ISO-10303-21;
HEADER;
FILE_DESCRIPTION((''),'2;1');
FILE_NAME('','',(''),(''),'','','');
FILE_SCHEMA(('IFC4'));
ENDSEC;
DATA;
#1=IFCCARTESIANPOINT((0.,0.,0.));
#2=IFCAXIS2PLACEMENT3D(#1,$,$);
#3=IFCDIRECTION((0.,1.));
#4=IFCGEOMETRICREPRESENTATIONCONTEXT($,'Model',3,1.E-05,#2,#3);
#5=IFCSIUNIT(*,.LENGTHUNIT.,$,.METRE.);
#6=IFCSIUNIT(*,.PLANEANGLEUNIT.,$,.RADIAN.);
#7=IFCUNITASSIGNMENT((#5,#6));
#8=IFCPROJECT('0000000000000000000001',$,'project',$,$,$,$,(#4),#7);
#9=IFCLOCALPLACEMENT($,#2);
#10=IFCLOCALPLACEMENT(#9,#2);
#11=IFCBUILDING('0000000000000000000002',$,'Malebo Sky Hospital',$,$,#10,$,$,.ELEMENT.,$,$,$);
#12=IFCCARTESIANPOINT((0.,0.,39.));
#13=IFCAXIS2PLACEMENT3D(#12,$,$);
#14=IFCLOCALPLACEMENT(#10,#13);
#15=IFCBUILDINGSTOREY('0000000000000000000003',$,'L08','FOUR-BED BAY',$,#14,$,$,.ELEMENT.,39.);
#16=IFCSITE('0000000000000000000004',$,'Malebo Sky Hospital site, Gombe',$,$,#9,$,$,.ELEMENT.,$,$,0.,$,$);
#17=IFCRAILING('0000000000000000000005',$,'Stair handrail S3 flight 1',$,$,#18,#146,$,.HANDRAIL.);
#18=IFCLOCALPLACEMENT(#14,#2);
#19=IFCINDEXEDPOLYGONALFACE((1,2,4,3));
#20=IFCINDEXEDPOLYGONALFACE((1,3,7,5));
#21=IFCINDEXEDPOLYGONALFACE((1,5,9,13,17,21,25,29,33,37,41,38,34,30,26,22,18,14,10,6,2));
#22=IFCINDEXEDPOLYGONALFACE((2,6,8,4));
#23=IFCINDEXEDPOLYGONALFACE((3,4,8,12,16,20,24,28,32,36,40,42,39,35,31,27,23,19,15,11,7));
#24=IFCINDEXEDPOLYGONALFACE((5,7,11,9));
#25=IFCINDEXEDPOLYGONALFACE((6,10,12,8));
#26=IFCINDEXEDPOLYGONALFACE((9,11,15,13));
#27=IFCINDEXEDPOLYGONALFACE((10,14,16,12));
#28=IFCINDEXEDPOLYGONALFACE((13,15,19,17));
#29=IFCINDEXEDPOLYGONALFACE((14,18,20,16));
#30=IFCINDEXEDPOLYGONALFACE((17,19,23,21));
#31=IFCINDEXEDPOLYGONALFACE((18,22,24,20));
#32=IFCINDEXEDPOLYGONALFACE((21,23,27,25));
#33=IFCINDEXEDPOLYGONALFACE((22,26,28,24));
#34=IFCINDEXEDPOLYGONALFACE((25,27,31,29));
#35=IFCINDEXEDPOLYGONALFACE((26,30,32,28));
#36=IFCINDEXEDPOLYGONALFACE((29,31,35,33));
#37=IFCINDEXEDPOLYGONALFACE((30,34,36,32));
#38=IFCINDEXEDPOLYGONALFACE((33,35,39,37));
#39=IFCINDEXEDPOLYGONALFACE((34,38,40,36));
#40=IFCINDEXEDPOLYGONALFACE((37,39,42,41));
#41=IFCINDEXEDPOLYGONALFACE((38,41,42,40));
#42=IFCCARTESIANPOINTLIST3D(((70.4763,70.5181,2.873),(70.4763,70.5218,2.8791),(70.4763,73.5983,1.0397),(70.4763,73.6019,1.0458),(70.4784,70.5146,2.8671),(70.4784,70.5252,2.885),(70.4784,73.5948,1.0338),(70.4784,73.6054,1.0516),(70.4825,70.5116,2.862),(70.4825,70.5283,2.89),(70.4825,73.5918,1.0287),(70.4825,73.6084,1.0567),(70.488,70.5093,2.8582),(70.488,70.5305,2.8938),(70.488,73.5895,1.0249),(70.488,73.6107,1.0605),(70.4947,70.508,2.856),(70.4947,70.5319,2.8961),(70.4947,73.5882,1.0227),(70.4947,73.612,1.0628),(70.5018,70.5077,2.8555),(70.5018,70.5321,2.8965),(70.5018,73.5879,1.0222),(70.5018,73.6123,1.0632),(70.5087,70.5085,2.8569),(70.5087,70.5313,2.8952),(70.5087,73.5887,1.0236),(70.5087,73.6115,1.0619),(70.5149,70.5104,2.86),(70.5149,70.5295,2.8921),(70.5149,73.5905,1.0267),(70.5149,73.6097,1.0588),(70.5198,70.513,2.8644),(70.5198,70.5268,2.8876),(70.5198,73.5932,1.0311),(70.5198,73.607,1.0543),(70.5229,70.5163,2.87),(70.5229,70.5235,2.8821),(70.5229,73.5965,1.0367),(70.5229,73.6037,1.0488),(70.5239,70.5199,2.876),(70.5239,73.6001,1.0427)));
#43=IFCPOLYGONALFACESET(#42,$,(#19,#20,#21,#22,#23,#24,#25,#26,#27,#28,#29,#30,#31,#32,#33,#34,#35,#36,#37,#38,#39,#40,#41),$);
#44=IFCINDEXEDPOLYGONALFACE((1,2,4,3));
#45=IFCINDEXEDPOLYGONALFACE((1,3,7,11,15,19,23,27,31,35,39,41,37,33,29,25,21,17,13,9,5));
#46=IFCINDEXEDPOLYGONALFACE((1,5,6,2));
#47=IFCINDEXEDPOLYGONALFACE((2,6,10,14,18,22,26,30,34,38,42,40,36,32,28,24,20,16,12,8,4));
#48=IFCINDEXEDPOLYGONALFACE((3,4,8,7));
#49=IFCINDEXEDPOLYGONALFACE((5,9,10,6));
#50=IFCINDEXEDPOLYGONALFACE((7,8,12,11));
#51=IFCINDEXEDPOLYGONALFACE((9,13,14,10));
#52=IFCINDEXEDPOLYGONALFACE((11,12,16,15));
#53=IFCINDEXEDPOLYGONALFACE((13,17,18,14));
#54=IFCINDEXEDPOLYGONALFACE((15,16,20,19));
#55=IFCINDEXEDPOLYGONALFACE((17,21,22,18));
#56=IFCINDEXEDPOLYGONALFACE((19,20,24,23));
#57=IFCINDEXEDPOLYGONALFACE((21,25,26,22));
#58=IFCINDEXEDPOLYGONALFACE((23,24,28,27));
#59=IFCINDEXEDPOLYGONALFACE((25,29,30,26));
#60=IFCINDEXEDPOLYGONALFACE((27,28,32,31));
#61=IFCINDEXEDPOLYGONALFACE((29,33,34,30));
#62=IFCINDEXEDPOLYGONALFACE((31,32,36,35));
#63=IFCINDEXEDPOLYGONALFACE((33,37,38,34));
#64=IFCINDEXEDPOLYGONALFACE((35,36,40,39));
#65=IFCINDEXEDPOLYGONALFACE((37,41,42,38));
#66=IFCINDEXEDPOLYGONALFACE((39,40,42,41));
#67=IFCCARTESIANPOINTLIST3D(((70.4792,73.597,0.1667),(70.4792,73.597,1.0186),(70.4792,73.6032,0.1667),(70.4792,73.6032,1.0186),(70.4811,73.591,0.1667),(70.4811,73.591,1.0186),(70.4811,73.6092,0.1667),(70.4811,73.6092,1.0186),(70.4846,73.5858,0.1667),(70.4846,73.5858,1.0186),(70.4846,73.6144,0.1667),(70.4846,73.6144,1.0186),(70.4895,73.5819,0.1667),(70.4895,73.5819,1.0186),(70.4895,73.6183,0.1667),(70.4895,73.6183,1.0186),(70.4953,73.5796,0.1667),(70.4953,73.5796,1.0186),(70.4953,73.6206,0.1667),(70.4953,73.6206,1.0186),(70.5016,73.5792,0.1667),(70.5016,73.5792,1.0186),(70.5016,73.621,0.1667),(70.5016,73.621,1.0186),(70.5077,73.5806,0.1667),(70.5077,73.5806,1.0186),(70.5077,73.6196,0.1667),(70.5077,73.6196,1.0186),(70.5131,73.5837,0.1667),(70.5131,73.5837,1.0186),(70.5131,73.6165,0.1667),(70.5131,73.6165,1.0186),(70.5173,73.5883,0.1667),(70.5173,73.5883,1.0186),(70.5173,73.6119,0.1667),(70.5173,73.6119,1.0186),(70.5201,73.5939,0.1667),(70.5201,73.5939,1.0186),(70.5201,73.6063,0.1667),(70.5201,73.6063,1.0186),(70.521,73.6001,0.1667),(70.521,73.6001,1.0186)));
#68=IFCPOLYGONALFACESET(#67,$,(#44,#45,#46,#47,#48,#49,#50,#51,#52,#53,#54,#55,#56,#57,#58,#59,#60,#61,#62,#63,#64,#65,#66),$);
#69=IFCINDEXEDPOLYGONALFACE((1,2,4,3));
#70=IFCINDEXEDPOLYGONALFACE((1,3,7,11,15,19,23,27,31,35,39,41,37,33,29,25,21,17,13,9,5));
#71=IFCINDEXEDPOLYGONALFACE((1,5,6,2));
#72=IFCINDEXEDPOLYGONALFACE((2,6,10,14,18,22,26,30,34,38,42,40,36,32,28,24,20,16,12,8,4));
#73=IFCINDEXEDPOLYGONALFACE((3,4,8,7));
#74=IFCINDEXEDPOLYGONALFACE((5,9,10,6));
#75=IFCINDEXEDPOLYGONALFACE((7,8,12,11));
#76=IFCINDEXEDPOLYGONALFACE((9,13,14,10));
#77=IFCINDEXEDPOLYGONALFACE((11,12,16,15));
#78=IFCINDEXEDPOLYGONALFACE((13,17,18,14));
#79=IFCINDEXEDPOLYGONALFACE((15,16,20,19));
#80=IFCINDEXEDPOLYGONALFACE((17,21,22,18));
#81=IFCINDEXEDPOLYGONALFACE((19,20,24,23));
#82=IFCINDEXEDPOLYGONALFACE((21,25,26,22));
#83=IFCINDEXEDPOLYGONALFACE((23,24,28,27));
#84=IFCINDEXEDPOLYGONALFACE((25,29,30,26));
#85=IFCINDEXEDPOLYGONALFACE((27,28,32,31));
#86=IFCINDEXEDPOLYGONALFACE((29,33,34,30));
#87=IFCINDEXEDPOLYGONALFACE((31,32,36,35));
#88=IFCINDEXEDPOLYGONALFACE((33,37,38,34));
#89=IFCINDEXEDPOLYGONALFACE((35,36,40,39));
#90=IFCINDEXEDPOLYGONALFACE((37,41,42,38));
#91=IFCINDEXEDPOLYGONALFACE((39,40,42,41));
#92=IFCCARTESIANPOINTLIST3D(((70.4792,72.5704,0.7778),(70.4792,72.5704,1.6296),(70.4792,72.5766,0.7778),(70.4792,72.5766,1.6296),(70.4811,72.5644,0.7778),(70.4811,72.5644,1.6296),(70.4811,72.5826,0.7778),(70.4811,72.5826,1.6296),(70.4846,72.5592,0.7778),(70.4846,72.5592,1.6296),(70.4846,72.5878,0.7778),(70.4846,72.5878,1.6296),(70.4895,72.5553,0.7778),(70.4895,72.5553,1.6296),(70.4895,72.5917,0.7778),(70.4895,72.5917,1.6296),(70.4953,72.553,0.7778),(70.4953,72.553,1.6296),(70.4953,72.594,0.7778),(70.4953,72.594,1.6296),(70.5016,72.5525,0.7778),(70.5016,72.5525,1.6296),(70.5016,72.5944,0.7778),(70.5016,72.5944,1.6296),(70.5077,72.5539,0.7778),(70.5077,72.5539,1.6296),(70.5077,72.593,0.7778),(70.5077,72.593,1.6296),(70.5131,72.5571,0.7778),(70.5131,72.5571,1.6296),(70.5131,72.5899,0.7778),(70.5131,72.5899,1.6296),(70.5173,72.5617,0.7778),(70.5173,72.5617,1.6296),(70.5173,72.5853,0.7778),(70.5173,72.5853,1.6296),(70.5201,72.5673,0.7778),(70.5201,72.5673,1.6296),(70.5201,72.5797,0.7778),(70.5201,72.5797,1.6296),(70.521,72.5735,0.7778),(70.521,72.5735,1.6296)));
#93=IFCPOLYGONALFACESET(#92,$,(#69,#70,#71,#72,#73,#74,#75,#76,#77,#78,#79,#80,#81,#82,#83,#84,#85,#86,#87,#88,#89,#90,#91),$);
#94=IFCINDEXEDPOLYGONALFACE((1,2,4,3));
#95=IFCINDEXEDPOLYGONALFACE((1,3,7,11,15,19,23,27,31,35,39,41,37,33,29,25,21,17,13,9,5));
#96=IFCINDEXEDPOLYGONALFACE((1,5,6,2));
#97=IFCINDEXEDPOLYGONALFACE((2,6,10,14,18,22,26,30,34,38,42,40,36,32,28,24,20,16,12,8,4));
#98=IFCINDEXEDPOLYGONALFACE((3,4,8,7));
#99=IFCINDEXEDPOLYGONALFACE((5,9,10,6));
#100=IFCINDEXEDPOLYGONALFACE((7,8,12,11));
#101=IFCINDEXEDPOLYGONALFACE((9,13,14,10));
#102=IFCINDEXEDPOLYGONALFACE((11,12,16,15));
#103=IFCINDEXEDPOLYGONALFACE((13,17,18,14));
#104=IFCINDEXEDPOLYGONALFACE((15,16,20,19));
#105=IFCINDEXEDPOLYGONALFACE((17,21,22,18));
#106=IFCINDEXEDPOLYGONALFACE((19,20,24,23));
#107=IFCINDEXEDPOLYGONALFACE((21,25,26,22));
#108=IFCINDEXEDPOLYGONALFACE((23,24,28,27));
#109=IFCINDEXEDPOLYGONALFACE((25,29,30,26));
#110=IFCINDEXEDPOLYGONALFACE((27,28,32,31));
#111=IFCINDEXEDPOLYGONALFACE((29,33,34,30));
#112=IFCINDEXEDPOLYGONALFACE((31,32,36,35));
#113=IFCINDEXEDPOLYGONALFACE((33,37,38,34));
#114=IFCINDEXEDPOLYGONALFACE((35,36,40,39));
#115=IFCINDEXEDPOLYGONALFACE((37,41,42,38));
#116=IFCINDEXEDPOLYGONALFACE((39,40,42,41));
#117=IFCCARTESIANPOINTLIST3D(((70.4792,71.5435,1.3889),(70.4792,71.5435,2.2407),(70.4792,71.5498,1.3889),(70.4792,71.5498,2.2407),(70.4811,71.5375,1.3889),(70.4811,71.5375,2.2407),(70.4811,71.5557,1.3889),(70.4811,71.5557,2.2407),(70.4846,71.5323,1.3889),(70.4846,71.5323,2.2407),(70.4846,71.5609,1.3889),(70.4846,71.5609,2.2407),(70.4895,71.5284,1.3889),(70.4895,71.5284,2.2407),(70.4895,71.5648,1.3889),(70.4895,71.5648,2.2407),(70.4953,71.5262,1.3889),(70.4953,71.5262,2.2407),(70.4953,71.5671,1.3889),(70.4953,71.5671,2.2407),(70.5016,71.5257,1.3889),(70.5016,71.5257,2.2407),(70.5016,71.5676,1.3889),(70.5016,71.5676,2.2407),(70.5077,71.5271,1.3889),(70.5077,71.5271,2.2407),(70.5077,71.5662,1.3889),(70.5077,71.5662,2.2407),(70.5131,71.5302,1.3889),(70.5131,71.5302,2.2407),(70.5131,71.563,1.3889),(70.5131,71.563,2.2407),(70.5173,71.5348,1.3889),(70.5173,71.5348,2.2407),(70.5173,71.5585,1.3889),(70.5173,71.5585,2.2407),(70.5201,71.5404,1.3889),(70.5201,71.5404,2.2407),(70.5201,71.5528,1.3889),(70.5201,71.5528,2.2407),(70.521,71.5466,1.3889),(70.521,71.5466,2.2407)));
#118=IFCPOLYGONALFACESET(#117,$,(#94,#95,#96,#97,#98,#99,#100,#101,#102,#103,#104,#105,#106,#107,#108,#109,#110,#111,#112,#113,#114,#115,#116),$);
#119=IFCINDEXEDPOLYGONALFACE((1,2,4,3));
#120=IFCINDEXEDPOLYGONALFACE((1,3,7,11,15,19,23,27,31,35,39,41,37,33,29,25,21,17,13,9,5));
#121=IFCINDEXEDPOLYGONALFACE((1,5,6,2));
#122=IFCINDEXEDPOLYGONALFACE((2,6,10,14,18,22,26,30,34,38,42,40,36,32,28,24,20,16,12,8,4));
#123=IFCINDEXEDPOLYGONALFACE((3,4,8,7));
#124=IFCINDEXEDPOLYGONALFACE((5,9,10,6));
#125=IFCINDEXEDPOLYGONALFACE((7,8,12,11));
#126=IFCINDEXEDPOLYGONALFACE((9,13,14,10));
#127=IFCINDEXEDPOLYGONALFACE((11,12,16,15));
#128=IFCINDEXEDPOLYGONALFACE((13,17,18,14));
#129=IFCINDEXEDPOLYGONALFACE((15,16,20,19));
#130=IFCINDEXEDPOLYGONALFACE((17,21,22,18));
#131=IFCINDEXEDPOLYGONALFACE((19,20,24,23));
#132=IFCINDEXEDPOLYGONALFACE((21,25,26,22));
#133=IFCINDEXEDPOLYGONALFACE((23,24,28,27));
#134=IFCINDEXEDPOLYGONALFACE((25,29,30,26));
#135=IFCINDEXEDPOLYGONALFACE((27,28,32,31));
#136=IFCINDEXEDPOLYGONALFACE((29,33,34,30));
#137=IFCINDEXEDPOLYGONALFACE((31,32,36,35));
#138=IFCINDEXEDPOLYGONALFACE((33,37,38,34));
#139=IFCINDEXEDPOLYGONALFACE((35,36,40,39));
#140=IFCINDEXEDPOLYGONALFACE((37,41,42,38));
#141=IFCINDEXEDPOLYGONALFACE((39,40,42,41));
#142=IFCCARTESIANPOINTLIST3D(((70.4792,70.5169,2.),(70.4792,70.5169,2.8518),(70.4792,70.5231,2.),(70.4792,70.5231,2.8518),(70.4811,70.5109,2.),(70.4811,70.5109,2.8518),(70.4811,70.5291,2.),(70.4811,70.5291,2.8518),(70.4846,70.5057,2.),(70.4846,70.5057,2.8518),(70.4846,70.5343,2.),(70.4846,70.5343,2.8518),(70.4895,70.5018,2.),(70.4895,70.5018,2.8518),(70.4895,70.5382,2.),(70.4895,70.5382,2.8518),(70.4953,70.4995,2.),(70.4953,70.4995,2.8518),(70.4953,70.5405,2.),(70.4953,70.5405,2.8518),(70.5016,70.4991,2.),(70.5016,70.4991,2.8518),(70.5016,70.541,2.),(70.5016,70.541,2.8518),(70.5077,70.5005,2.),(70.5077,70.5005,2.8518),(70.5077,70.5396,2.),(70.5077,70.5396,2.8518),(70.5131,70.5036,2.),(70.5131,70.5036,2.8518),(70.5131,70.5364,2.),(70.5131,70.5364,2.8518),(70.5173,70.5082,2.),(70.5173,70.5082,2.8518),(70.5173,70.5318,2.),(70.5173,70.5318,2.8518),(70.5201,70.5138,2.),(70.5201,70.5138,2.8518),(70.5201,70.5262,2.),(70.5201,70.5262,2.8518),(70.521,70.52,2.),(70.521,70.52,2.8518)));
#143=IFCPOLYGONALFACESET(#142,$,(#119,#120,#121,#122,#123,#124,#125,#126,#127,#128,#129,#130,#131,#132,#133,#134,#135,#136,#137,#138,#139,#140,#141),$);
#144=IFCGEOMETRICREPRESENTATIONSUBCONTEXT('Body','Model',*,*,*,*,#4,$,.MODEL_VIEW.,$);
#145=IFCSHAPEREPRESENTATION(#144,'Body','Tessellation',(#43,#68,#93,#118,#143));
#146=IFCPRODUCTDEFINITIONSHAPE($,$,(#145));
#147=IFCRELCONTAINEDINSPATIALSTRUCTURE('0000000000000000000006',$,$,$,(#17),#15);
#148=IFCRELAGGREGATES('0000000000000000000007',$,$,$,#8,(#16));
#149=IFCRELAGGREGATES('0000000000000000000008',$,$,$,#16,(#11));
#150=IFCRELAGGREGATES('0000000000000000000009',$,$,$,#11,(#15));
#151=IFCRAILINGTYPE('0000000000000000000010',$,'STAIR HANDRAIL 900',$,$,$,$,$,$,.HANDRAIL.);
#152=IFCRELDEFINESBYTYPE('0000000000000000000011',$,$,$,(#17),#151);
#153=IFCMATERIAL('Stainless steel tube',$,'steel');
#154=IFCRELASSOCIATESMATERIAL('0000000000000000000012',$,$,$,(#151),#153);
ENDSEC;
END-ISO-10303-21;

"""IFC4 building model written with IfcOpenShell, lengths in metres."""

from ifc_helpers import new_model, si_unit, direction, frame, origin, origin_2d, place, context, subcontext, project, spatial, circle, extrude, material, type_object, element, save


model = new_model("IFC4")

# Units and contexts
model_context = context("Model", 3, precision=1e-05, world=origin(), true_north=direction((0.0, 1.0)))
body_context = subcontext(model_context, "Body", "Model", "MODEL_VIEW")
ifc_project = project(units=[si_unit("LENGTHUNIT", "METRE"), si_unit("PLANEANGLEUNIT", "RADIAN")], contexts=[model_context])

# Site, building, storey
site_placement = place(None, origin())
site = spatial("IfcSite", under=ifc_project, at=site_placement, Name="Malebo Sky Hospital site, Gombe", CompositionType="ELEMENT", RefElevation=0.0)
building_placement = place(site_placement, origin())
building = spatial("IfcBuilding", under=site, at=building_placement, Name="Malebo Sky Hospital", CompositionType="ELEMENT")
storey_placement = place(building_placement, frame((0.0, 0.0, 39.0)))
storey = spatial("IfcBuildingStorey", under=building, at=storey_placement, Name="L08", Description="FOUR-BED BAY", CompositionType="ELEMENT", Elevation=39.0)

# Railing
ifc_material_1 = material(Name="Stainless steel tube", Category="steel")
railing_type = type_object("IfcRailingType", Name="STAIR HANDRAIL 900", PredefinedType="HANDRAIL", material=ifc_material_1)
railing_1_placement = place(storey_placement, frame((70.5, 73.6001, 0.1667)))
element("IfcRailing", 1, at=railing_1_placement, inside=storey, type_object=railing_type, Name="Stair handrail S3 flight 1", PredefinedType="HANDRAIL", context=body_context, shape_type="SweptSolid", body=[
    extrude(circle(Radius=0.0239, at=origin_2d()), frame((0.0, 0.0, 0.876), z_axis=(0.0, -0.859309, 0.511458), x_axis=(1.0, 0.0, 0.0)), (0.0, 0.0, 1.0), 3.5845),
    extrude(circle(Radius=0.021, at=origin_2d()), origin(), (0.0, 0.0, 1.0), 0.8518),
    extrude(circle(Radius=0.021, at=origin_2d()), frame((0.0, -1.0266, 0.6111)), (0.0, 0.0, 1.0), 0.8518),
    extrude(circle(Radius=0.021, at=origin_2d()), frame((0.0, -2.0535, 1.2222)), (0.0, 0.0, 1.0), 0.8518),
    extrude(circle(Radius=0.021, at=origin_2d()), frame((0.0, -3.0801, 1.8333)), (0.0, 0.0, 1.0), 0.8518),
])

save(model, "model.ifc")
